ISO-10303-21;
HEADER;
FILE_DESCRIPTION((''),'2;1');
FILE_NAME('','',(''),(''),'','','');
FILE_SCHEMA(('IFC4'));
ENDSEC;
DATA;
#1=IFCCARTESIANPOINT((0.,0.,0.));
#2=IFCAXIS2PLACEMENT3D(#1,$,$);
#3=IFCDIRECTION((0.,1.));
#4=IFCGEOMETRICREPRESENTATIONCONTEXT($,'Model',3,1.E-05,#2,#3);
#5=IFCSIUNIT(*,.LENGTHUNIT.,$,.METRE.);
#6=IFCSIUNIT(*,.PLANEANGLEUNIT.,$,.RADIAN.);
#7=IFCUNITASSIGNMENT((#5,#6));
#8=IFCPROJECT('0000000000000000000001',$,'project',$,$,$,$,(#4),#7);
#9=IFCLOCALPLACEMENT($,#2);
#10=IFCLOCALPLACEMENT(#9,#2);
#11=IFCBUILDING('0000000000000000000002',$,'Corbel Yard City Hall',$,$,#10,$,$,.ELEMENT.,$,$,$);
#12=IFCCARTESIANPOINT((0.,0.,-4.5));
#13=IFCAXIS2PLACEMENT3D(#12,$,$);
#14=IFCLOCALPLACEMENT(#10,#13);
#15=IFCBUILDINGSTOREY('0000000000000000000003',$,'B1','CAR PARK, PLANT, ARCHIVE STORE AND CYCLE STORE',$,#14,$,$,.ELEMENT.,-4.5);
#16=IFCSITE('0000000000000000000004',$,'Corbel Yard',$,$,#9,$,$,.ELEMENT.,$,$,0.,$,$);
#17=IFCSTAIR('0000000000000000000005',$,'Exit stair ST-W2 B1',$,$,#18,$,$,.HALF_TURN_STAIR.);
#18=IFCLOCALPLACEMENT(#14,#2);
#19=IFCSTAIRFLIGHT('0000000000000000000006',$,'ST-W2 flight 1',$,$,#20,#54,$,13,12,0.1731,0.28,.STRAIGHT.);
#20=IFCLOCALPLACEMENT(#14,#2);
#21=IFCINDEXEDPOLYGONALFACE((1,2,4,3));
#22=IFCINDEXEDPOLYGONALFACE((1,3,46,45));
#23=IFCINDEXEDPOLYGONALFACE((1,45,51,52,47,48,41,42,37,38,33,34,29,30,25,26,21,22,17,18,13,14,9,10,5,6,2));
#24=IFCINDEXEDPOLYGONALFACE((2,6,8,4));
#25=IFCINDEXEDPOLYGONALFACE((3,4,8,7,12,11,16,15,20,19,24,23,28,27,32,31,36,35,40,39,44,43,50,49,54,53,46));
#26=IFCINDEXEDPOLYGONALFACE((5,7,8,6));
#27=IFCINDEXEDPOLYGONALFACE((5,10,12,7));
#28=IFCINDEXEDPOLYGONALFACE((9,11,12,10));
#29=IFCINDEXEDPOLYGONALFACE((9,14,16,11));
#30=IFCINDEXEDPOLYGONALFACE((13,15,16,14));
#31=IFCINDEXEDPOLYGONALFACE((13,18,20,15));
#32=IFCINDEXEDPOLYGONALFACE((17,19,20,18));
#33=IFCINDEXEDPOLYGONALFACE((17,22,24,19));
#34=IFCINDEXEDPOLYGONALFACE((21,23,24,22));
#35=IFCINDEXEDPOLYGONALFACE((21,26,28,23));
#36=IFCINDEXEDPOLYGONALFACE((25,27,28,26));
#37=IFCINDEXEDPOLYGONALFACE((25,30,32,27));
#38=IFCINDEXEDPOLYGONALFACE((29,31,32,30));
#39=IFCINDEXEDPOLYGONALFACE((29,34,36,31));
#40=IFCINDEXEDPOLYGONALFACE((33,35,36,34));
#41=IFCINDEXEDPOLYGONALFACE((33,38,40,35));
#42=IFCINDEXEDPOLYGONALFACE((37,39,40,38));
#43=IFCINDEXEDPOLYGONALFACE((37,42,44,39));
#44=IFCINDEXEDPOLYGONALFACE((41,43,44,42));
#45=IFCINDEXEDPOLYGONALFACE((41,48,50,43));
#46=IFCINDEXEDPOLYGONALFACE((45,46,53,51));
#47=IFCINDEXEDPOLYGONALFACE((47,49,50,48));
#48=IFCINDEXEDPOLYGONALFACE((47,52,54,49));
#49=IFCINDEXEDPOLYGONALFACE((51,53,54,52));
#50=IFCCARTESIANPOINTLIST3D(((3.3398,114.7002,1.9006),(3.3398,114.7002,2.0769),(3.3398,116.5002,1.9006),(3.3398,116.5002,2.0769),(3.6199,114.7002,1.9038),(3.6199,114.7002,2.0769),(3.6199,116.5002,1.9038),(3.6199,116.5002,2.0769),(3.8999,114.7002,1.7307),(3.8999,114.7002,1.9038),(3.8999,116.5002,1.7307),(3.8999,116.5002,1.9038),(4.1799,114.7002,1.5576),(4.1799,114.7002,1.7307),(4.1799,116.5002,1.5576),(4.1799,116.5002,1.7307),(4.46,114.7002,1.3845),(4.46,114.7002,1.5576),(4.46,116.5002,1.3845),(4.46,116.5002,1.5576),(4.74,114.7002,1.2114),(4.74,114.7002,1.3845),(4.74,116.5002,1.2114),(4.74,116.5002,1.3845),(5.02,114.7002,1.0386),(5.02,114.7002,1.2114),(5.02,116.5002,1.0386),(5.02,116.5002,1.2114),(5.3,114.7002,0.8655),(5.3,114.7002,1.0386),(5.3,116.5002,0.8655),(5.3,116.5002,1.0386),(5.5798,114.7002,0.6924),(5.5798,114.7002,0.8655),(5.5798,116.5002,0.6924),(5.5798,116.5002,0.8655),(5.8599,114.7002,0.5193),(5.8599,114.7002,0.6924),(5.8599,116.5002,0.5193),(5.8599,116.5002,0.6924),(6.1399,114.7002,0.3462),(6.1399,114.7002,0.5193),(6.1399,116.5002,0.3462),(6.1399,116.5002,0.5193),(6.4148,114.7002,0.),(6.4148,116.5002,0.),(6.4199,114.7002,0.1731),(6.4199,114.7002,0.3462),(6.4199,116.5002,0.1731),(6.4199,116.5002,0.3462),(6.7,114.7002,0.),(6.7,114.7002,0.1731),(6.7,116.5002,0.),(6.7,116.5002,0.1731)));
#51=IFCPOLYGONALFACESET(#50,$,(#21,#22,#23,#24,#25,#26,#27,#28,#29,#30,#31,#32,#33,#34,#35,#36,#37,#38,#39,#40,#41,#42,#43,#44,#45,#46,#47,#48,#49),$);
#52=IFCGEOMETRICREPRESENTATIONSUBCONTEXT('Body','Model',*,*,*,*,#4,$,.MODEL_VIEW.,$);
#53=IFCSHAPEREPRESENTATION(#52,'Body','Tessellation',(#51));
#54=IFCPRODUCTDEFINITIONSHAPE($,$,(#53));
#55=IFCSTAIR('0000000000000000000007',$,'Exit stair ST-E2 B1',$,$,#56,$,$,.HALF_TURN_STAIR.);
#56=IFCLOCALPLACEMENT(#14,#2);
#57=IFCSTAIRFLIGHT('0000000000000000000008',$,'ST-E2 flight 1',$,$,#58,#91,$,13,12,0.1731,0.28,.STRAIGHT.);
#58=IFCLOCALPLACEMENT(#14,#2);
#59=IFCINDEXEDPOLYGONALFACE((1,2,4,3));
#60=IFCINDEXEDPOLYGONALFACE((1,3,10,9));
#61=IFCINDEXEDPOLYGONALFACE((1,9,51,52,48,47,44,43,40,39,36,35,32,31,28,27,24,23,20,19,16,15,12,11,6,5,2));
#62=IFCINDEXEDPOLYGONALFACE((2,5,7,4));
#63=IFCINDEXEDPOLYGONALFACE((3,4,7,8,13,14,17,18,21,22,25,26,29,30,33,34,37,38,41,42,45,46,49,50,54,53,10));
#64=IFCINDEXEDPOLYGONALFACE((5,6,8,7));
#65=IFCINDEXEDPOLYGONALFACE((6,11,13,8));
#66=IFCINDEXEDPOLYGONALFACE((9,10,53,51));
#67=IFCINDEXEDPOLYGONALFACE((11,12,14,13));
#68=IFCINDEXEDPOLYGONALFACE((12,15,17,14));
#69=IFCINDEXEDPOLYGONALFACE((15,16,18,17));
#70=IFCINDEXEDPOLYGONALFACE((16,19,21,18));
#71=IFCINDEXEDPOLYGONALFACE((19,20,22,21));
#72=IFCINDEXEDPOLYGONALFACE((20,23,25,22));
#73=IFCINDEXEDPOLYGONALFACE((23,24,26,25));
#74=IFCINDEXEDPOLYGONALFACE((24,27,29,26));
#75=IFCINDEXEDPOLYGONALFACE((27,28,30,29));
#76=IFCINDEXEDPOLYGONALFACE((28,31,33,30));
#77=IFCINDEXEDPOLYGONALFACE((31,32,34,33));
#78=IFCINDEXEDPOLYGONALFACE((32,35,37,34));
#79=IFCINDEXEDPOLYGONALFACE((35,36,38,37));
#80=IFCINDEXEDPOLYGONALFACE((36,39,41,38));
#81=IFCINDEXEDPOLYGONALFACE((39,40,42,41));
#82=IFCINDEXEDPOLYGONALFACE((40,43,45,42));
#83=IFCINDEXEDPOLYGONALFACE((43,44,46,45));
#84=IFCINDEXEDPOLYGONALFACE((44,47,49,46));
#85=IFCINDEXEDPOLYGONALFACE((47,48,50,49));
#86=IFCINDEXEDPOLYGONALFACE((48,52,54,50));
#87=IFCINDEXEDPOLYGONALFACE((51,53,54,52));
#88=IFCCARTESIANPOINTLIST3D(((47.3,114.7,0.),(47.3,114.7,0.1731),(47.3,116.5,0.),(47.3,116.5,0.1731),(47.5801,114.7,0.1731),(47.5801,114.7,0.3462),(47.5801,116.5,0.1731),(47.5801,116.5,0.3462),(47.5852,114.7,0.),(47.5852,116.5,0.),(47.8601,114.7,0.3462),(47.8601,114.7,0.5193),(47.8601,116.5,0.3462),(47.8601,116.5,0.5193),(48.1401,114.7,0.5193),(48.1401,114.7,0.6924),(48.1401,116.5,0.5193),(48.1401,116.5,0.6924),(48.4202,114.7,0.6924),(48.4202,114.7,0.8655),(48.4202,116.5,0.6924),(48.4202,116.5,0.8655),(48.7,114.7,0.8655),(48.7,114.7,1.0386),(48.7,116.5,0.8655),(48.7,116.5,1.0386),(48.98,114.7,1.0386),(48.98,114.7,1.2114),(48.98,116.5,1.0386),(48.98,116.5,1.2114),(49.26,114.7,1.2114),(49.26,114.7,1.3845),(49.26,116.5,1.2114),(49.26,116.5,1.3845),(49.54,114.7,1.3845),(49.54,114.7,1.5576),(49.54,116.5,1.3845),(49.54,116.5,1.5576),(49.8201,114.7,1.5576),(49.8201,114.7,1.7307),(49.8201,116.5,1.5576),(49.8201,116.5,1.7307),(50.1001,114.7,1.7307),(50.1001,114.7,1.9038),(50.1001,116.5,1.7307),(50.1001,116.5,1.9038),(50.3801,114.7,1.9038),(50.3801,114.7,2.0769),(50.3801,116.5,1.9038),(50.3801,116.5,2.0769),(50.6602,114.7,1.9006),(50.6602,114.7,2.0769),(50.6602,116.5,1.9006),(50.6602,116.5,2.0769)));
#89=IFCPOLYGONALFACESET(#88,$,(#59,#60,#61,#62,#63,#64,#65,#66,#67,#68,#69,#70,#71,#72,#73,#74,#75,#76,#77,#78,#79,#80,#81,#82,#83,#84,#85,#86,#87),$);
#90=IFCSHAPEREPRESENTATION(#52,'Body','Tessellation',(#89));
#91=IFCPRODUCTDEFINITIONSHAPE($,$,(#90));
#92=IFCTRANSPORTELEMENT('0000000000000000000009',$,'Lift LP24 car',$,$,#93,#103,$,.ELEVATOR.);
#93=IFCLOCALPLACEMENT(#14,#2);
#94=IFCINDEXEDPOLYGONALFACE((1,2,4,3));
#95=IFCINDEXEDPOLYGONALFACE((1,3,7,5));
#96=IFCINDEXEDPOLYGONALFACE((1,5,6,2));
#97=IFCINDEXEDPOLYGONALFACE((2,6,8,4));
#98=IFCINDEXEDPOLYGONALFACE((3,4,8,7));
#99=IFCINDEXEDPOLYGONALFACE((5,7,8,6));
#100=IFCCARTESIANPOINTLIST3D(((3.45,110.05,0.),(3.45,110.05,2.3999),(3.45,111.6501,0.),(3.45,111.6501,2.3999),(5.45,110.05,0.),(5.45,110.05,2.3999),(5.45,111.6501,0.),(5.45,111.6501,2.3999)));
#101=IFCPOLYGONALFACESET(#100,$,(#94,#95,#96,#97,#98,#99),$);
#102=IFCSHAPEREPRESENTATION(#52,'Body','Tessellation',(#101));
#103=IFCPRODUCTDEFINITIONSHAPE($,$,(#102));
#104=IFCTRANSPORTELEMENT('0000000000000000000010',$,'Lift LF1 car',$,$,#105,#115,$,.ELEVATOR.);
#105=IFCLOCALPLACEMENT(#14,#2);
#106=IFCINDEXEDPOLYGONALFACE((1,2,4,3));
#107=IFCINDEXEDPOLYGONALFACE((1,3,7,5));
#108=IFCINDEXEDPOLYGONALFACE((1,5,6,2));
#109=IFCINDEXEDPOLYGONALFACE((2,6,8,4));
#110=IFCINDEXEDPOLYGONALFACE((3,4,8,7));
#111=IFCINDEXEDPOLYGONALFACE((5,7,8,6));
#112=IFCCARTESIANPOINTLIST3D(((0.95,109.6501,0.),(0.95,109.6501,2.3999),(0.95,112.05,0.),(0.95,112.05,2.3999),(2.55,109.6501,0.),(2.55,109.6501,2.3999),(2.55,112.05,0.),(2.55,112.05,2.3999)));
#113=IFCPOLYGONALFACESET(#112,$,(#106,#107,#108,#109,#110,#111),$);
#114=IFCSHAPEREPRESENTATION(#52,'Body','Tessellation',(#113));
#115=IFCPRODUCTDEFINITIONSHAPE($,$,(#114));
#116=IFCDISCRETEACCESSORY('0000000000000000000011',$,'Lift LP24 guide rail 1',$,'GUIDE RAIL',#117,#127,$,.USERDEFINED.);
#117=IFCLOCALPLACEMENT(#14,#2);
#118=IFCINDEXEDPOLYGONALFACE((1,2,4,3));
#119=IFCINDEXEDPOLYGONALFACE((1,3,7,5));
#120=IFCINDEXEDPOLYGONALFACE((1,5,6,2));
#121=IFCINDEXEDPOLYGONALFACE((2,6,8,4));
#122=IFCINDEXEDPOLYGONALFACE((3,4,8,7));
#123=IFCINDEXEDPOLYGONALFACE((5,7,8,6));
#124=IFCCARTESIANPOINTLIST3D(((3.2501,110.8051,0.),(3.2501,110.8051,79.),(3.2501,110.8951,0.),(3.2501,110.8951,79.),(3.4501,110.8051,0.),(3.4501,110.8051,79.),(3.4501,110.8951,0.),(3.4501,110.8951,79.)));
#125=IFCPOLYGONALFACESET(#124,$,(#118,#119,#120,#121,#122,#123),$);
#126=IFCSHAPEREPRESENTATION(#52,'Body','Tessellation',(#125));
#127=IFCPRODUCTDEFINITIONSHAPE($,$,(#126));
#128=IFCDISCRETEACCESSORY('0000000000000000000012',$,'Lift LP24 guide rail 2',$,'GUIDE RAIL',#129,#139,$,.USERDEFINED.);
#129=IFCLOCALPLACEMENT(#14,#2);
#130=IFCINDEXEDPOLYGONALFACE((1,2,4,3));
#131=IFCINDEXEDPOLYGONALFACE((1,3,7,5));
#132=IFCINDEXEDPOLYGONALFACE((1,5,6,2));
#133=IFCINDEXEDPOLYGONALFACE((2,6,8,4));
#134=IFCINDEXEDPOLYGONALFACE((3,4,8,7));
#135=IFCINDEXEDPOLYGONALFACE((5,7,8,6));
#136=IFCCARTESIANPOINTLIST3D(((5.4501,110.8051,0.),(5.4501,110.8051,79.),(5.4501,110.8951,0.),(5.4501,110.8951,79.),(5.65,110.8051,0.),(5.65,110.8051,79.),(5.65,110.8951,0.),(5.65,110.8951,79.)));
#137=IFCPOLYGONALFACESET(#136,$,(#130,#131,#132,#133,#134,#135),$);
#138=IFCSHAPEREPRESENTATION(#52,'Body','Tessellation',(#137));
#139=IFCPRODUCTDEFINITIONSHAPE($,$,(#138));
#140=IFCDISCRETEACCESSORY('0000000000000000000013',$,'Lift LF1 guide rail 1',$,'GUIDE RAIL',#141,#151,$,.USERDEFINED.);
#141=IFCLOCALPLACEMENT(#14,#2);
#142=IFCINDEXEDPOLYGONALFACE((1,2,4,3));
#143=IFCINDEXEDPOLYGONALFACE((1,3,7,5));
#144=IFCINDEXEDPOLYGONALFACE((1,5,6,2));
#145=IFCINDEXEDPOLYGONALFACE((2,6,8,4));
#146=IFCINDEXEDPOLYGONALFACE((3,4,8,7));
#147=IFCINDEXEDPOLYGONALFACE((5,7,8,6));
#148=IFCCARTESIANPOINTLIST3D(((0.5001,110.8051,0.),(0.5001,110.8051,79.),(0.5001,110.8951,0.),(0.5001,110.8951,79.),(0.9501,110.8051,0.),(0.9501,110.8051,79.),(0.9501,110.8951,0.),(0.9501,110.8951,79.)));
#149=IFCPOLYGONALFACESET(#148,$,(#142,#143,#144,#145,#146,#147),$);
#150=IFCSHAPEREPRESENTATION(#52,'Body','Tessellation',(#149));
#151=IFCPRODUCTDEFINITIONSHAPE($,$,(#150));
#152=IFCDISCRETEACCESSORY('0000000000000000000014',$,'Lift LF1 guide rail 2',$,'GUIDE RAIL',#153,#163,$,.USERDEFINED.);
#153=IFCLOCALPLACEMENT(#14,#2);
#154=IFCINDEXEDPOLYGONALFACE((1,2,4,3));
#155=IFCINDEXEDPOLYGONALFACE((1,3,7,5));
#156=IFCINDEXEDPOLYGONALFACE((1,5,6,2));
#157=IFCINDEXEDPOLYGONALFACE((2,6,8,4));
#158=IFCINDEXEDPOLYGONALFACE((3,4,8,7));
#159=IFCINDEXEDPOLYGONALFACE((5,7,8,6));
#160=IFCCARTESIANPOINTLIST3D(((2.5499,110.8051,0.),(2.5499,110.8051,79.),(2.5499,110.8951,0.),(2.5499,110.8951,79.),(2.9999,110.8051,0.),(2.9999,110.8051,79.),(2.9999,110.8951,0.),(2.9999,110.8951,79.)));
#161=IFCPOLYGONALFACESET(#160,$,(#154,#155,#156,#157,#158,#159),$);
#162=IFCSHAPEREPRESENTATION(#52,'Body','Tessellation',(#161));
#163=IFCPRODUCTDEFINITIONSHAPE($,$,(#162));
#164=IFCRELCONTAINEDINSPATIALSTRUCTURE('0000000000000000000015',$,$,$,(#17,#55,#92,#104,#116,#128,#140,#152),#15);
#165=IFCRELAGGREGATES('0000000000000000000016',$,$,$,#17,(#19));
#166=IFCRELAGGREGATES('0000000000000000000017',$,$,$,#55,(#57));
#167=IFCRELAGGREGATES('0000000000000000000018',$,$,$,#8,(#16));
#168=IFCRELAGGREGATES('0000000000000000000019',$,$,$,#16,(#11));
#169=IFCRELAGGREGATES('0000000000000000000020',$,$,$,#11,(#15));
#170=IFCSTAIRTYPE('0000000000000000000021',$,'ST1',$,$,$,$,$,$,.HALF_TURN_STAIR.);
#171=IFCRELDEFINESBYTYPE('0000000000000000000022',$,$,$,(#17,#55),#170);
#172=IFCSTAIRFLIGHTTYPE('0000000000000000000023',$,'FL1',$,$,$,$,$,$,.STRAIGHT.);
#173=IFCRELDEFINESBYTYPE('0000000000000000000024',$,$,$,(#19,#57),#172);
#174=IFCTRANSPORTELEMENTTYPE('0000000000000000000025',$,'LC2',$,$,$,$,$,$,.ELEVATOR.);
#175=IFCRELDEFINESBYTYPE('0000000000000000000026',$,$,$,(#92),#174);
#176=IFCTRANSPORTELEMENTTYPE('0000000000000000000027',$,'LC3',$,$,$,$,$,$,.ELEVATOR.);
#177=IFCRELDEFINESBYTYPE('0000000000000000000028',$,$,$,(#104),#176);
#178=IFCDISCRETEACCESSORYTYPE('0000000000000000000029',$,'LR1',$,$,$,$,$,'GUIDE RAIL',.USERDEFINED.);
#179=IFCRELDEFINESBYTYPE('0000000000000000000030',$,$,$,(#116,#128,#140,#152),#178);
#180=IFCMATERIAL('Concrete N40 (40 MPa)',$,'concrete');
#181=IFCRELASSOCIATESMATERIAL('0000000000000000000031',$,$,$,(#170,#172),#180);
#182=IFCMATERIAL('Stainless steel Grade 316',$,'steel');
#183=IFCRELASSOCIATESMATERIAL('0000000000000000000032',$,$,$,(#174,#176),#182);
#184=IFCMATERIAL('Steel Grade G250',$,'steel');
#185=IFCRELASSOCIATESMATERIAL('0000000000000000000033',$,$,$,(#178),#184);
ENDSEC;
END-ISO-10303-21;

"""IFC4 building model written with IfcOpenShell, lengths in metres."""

from ifc_helpers import new_model, si_unit, direction, frame, origin, origin_2d, place, context, subcontext, project, spatial, polyline, rectangle, outline, extrude, material, type_object, element, aggregate, save


model = new_model("IFC4")

# Units and contexts
model_context = context("Model", 3, precision=1e-05, world=origin(), true_north=direction((0.0, 1.0)))
body_context = subcontext(model_context, "Body", "Model", "MODEL_VIEW")
ifc_project = project(units=[si_unit("LENGTHUNIT", "METRE"), si_unit("PLANEANGLEUNIT", "RADIAN")], contexts=[model_context])

# Site, building, storey
site_placement = place(None, origin())
site = spatial("IfcSite", under=ifc_project, at=site_placement, Name="Corbel Yard", CompositionType="ELEMENT", RefElevation=0.0)
building_placement = place(site_placement, origin())
building = spatial("IfcBuilding", under=site, at=building_placement, Name="Corbel Yard City Hall", CompositionType="ELEMENT")
storey_placement = place(building_placement, frame((0.0, 0.0, -4.5)))
storey = spatial("IfcBuildingStorey", under=building, at=storey_placement, Name="B1", Description="CAR PARK, PLANT, ARCHIVE STORE AND CYCLE STORE", CompositionType="ELEMENT", Elevation=-4.5)

# Shared definitions
ifc_material_1 = material(Name="Concrete N40 (40 MPa)", Category="concrete")

# Shared definitions
ifc_material_2 = material(Name="Stainless steel Grade 316", Category="steel")

# Shared definitions
ifc_material_3 = material(Name="Steel Grade G250", Category="steel")

# Stairs, stair flights
stair_type = type_object("IfcStairType", Name="ST1", PredefinedType="HALF_TURN_STAIR", material=ifc_material_1)
stair_1_placement = place(storey_placement, origin())
stair_1 = element("IfcStair", 1, at=stair_1_placement, inside=storey, type_object=stair_type, Name="Exit stair ST-W2 B1", PredefinedType="HALF_TURN_STAIR")
stair_flight_type = type_object("IfcStairFlightType", Name="FL1", PredefinedType="STRAIGHT", material=ifc_material_1)
stair_flight_1_placement = place(storey_placement, frame((6.7, 115.6001, 0.0), z_axis=(0.0, 0.0, 1.0), x_axis=(-1.0, 0.0, 0.0)))
stair_flight_1 = element("IfcStairFlight", 2, at=stair_flight_1_placement, type_object=stair_flight_type, Name="ST-W2 flight 1", NumberOfRisers=13, NumberOfTreads=12, PredefinedType="STRAIGHT", RiserHeight=0.1731, TreadLength=0.28, context=body_context, shape_type="SweptSolid", body=[
    extrude(outline(polyline([(0.0, 0.0), (0.0, 0.1731), (0.28, 0.1731), (0.28, 0.3462), (0.5601, 0.3462), (0.5601, 0.5193), (0.8401, 0.5193), (0.8401, 0.6924), (1.1201, 0.6924), (1.1201, 0.8655), (1.3999, 0.8655), (1.3999, 1.0386), (1.6799, 1.0386), (1.6799, 1.2114), (1.96, 1.2114), (1.96, 1.3845), (2.24, 1.3845), (2.24, 1.5576), (2.52, 1.5576), (2.52, 1.7307), (2.8, 1.7307), (2.8, 1.9038), (3.0801, 1.9038), (3.0801, 2.0769), (3.3601, 2.0769), (3.3601, 2.25), (3.3601, 1.9006), (0.2852, 0.0), (0.0, 0.0)])), frame((0.0, 0.8999, 0.0), z_axis=(0.0, -1.0, 0.0), x_axis=(1.0, 0.0, 0.0)), (0.0, 0.0, 1.0), 1.8),
])
aggregate(stair_1, [stair_flight_1])
stair_2_placement = place(storey_placement, origin())
stair_2 = element("IfcStair", 3, at=stair_2_placement, inside=storey, type_object=stair_type, Name="Exit stair ST-E2 B1", PredefinedType="HALF_TURN_STAIR")
stair_flight_2_placement = place(storey_placement, frame((47.3, 115.6001, 0.0), z_axis=(0.0, 0.0, 1.0), x_axis=(1.0, 0.0, 0.0)))
stair_flight_2 = element("IfcStairFlight", 4, at=stair_flight_2_placement, type_object=stair_flight_type, Name="ST-E2 flight 1", NumberOfRisers=13, NumberOfTreads=12, PredefinedType="STRAIGHT", RiserHeight=0.1731, TreadLength=0.28, context=body_context, shape_type="SweptSolid", body=[
    extrude(outline(polyline([(0.0, 0.0), (0.0, 0.1731), (0.28, 0.1731), (0.28, 0.3462), (0.5601, 0.3462), (0.5601, 0.5193), (0.8401, 0.5193), (0.8401, 0.6924), (1.1201, 0.6924), (1.1201, 0.8655), (1.3999, 0.8655), (1.3999, 1.0386), (1.6799, 1.0386), (1.6799, 1.2114), (1.96, 1.2114), (1.96, 1.3845), (2.24, 1.3845), (2.24, 1.5576), (2.52, 1.5576), (2.52, 1.7307), (2.8, 1.7307), (2.8, 1.9038), (3.0801, 1.9038), (3.0801, 2.0769), (3.3601, 2.0769), (3.3601, 2.25), (3.3601, 1.9006), (0.2852, 0.0), (0.0, 0.0)])), frame((0.0, 0.8999, 0.0), z_axis=(0.0, -1.0, 0.0), x_axis=(1.0, 0.0, 0.0)), (0.0, 0.0, 1.0), 1.8),
])
aggregate(stair_2, [stair_flight_2])

# Transport elements
transport_element_type_1 = type_object("IfcTransportElementType", Name="LC2", PredefinedType="ELEVATOR", material=ifc_material_2)
transport_element_1_placement = place(storey_placement, frame((4.45, 110.8501, 0.0), z_axis=(0.0, 0.0, 1.0), x_axis=(1.0, 0.0, 0.0)))
element("IfcTransportElement", 5, at=transport_element_1_placement, inside=storey, type_object=transport_element_type_1, Name="Lift LP24 car", PredefinedType="ELEVATOR", context=body_context, shape_type="SweptSolid", body=[
    extrude(rectangle(XDim=2.0, YDim=1.6001, at=origin_2d()), origin(), (0.0, 0.0, 1.0), 2.3999),
])
transport_element_type_2 = type_object("IfcTransportElementType", Name="LC3", PredefinedType="ELEVATOR", material=ifc_material_2)
transport_element_2_placement = place(storey_placement, frame((1.75, 110.8501, 0.0), z_axis=(0.0, 0.0, 1.0), x_axis=(1.0, 0.0, 0.0)))
element("IfcTransportElement", 6, at=transport_element_2_placement, inside=storey, type_object=transport_element_type_2, Name="Lift LF1 car", PredefinedType="ELEVATOR", context=body_context, shape_type="SweptSolid", body=[
    extrude(rectangle(XDim=1.6001, YDim=2.3999, at=origin_2d()), origin(), (0.0, 0.0, 1.0), 2.3999),
])

# Discrete accessories
discrete_accessory_type = type_object("IfcDiscreteAccessoryType", Name="LR1", ElementType="GUIDE RAIL", PredefinedType="USERDEFINED", material=ifc_material_3)
for number, where, z_axis, x_axis, name in (
    (7, (3.3501, 110.8501, 0.0), (0.0, 0.0, 1.0), (1.0, 0.0, 0.0), "Lift LP24 guide rail 1"),
    (8, (5.55, 110.8501, 0.0), (0.0, 0.0, 1.0), (1.0, 0.0, 0.0), "Lift LP24 guide rail 2"),
):
    element("IfcDiscreteAccessory", number, at=place(storey_placement, frame(where, z_axis=z_axis, x_axis=x_axis)), inside=storey, type_object=discrete_accessory_type, Name=name, ObjectType="GUIDE RAIL", PredefinedType="USERDEFINED", context=body_context, shape_type="SweptSolid", body=[
        extrude(rectangle(XDim=0.2, YDim=0.0901, at=origin_2d()), origin(), (0.0, 0.0, 1.0), 79.0),
    ])
for number, where, z_axis, x_axis, name in (
    (9, (0.7251, 110.8501, 0.0), (0.0, 0.0, 1.0), (1.0, 0.0, 0.0), "Lift LF1 guide rail 1"),
    (10, (2.7749, 110.8501, 0.0), (0.0, 0.0, 1.0), (1.0, 0.0, 0.0), "Lift LF1 guide rail 2"),
):
    element("IfcDiscreteAccessory", number, at=place(storey_placement, frame(where, z_axis=z_axis, x_axis=x_axis)), inside=storey, type_object=discrete_accessory_type, Name=name, ObjectType="GUIDE RAIL", PredefinedType="USERDEFINED", context=body_context, shape_type="SweptSolid", body=[
        extrude(rectangle(XDim=0.45, YDim=0.0901, at=origin_2d()), origin(), (0.0, 0.0, 1.0), 79.0),
    ])

save(model, "model.ifc")
